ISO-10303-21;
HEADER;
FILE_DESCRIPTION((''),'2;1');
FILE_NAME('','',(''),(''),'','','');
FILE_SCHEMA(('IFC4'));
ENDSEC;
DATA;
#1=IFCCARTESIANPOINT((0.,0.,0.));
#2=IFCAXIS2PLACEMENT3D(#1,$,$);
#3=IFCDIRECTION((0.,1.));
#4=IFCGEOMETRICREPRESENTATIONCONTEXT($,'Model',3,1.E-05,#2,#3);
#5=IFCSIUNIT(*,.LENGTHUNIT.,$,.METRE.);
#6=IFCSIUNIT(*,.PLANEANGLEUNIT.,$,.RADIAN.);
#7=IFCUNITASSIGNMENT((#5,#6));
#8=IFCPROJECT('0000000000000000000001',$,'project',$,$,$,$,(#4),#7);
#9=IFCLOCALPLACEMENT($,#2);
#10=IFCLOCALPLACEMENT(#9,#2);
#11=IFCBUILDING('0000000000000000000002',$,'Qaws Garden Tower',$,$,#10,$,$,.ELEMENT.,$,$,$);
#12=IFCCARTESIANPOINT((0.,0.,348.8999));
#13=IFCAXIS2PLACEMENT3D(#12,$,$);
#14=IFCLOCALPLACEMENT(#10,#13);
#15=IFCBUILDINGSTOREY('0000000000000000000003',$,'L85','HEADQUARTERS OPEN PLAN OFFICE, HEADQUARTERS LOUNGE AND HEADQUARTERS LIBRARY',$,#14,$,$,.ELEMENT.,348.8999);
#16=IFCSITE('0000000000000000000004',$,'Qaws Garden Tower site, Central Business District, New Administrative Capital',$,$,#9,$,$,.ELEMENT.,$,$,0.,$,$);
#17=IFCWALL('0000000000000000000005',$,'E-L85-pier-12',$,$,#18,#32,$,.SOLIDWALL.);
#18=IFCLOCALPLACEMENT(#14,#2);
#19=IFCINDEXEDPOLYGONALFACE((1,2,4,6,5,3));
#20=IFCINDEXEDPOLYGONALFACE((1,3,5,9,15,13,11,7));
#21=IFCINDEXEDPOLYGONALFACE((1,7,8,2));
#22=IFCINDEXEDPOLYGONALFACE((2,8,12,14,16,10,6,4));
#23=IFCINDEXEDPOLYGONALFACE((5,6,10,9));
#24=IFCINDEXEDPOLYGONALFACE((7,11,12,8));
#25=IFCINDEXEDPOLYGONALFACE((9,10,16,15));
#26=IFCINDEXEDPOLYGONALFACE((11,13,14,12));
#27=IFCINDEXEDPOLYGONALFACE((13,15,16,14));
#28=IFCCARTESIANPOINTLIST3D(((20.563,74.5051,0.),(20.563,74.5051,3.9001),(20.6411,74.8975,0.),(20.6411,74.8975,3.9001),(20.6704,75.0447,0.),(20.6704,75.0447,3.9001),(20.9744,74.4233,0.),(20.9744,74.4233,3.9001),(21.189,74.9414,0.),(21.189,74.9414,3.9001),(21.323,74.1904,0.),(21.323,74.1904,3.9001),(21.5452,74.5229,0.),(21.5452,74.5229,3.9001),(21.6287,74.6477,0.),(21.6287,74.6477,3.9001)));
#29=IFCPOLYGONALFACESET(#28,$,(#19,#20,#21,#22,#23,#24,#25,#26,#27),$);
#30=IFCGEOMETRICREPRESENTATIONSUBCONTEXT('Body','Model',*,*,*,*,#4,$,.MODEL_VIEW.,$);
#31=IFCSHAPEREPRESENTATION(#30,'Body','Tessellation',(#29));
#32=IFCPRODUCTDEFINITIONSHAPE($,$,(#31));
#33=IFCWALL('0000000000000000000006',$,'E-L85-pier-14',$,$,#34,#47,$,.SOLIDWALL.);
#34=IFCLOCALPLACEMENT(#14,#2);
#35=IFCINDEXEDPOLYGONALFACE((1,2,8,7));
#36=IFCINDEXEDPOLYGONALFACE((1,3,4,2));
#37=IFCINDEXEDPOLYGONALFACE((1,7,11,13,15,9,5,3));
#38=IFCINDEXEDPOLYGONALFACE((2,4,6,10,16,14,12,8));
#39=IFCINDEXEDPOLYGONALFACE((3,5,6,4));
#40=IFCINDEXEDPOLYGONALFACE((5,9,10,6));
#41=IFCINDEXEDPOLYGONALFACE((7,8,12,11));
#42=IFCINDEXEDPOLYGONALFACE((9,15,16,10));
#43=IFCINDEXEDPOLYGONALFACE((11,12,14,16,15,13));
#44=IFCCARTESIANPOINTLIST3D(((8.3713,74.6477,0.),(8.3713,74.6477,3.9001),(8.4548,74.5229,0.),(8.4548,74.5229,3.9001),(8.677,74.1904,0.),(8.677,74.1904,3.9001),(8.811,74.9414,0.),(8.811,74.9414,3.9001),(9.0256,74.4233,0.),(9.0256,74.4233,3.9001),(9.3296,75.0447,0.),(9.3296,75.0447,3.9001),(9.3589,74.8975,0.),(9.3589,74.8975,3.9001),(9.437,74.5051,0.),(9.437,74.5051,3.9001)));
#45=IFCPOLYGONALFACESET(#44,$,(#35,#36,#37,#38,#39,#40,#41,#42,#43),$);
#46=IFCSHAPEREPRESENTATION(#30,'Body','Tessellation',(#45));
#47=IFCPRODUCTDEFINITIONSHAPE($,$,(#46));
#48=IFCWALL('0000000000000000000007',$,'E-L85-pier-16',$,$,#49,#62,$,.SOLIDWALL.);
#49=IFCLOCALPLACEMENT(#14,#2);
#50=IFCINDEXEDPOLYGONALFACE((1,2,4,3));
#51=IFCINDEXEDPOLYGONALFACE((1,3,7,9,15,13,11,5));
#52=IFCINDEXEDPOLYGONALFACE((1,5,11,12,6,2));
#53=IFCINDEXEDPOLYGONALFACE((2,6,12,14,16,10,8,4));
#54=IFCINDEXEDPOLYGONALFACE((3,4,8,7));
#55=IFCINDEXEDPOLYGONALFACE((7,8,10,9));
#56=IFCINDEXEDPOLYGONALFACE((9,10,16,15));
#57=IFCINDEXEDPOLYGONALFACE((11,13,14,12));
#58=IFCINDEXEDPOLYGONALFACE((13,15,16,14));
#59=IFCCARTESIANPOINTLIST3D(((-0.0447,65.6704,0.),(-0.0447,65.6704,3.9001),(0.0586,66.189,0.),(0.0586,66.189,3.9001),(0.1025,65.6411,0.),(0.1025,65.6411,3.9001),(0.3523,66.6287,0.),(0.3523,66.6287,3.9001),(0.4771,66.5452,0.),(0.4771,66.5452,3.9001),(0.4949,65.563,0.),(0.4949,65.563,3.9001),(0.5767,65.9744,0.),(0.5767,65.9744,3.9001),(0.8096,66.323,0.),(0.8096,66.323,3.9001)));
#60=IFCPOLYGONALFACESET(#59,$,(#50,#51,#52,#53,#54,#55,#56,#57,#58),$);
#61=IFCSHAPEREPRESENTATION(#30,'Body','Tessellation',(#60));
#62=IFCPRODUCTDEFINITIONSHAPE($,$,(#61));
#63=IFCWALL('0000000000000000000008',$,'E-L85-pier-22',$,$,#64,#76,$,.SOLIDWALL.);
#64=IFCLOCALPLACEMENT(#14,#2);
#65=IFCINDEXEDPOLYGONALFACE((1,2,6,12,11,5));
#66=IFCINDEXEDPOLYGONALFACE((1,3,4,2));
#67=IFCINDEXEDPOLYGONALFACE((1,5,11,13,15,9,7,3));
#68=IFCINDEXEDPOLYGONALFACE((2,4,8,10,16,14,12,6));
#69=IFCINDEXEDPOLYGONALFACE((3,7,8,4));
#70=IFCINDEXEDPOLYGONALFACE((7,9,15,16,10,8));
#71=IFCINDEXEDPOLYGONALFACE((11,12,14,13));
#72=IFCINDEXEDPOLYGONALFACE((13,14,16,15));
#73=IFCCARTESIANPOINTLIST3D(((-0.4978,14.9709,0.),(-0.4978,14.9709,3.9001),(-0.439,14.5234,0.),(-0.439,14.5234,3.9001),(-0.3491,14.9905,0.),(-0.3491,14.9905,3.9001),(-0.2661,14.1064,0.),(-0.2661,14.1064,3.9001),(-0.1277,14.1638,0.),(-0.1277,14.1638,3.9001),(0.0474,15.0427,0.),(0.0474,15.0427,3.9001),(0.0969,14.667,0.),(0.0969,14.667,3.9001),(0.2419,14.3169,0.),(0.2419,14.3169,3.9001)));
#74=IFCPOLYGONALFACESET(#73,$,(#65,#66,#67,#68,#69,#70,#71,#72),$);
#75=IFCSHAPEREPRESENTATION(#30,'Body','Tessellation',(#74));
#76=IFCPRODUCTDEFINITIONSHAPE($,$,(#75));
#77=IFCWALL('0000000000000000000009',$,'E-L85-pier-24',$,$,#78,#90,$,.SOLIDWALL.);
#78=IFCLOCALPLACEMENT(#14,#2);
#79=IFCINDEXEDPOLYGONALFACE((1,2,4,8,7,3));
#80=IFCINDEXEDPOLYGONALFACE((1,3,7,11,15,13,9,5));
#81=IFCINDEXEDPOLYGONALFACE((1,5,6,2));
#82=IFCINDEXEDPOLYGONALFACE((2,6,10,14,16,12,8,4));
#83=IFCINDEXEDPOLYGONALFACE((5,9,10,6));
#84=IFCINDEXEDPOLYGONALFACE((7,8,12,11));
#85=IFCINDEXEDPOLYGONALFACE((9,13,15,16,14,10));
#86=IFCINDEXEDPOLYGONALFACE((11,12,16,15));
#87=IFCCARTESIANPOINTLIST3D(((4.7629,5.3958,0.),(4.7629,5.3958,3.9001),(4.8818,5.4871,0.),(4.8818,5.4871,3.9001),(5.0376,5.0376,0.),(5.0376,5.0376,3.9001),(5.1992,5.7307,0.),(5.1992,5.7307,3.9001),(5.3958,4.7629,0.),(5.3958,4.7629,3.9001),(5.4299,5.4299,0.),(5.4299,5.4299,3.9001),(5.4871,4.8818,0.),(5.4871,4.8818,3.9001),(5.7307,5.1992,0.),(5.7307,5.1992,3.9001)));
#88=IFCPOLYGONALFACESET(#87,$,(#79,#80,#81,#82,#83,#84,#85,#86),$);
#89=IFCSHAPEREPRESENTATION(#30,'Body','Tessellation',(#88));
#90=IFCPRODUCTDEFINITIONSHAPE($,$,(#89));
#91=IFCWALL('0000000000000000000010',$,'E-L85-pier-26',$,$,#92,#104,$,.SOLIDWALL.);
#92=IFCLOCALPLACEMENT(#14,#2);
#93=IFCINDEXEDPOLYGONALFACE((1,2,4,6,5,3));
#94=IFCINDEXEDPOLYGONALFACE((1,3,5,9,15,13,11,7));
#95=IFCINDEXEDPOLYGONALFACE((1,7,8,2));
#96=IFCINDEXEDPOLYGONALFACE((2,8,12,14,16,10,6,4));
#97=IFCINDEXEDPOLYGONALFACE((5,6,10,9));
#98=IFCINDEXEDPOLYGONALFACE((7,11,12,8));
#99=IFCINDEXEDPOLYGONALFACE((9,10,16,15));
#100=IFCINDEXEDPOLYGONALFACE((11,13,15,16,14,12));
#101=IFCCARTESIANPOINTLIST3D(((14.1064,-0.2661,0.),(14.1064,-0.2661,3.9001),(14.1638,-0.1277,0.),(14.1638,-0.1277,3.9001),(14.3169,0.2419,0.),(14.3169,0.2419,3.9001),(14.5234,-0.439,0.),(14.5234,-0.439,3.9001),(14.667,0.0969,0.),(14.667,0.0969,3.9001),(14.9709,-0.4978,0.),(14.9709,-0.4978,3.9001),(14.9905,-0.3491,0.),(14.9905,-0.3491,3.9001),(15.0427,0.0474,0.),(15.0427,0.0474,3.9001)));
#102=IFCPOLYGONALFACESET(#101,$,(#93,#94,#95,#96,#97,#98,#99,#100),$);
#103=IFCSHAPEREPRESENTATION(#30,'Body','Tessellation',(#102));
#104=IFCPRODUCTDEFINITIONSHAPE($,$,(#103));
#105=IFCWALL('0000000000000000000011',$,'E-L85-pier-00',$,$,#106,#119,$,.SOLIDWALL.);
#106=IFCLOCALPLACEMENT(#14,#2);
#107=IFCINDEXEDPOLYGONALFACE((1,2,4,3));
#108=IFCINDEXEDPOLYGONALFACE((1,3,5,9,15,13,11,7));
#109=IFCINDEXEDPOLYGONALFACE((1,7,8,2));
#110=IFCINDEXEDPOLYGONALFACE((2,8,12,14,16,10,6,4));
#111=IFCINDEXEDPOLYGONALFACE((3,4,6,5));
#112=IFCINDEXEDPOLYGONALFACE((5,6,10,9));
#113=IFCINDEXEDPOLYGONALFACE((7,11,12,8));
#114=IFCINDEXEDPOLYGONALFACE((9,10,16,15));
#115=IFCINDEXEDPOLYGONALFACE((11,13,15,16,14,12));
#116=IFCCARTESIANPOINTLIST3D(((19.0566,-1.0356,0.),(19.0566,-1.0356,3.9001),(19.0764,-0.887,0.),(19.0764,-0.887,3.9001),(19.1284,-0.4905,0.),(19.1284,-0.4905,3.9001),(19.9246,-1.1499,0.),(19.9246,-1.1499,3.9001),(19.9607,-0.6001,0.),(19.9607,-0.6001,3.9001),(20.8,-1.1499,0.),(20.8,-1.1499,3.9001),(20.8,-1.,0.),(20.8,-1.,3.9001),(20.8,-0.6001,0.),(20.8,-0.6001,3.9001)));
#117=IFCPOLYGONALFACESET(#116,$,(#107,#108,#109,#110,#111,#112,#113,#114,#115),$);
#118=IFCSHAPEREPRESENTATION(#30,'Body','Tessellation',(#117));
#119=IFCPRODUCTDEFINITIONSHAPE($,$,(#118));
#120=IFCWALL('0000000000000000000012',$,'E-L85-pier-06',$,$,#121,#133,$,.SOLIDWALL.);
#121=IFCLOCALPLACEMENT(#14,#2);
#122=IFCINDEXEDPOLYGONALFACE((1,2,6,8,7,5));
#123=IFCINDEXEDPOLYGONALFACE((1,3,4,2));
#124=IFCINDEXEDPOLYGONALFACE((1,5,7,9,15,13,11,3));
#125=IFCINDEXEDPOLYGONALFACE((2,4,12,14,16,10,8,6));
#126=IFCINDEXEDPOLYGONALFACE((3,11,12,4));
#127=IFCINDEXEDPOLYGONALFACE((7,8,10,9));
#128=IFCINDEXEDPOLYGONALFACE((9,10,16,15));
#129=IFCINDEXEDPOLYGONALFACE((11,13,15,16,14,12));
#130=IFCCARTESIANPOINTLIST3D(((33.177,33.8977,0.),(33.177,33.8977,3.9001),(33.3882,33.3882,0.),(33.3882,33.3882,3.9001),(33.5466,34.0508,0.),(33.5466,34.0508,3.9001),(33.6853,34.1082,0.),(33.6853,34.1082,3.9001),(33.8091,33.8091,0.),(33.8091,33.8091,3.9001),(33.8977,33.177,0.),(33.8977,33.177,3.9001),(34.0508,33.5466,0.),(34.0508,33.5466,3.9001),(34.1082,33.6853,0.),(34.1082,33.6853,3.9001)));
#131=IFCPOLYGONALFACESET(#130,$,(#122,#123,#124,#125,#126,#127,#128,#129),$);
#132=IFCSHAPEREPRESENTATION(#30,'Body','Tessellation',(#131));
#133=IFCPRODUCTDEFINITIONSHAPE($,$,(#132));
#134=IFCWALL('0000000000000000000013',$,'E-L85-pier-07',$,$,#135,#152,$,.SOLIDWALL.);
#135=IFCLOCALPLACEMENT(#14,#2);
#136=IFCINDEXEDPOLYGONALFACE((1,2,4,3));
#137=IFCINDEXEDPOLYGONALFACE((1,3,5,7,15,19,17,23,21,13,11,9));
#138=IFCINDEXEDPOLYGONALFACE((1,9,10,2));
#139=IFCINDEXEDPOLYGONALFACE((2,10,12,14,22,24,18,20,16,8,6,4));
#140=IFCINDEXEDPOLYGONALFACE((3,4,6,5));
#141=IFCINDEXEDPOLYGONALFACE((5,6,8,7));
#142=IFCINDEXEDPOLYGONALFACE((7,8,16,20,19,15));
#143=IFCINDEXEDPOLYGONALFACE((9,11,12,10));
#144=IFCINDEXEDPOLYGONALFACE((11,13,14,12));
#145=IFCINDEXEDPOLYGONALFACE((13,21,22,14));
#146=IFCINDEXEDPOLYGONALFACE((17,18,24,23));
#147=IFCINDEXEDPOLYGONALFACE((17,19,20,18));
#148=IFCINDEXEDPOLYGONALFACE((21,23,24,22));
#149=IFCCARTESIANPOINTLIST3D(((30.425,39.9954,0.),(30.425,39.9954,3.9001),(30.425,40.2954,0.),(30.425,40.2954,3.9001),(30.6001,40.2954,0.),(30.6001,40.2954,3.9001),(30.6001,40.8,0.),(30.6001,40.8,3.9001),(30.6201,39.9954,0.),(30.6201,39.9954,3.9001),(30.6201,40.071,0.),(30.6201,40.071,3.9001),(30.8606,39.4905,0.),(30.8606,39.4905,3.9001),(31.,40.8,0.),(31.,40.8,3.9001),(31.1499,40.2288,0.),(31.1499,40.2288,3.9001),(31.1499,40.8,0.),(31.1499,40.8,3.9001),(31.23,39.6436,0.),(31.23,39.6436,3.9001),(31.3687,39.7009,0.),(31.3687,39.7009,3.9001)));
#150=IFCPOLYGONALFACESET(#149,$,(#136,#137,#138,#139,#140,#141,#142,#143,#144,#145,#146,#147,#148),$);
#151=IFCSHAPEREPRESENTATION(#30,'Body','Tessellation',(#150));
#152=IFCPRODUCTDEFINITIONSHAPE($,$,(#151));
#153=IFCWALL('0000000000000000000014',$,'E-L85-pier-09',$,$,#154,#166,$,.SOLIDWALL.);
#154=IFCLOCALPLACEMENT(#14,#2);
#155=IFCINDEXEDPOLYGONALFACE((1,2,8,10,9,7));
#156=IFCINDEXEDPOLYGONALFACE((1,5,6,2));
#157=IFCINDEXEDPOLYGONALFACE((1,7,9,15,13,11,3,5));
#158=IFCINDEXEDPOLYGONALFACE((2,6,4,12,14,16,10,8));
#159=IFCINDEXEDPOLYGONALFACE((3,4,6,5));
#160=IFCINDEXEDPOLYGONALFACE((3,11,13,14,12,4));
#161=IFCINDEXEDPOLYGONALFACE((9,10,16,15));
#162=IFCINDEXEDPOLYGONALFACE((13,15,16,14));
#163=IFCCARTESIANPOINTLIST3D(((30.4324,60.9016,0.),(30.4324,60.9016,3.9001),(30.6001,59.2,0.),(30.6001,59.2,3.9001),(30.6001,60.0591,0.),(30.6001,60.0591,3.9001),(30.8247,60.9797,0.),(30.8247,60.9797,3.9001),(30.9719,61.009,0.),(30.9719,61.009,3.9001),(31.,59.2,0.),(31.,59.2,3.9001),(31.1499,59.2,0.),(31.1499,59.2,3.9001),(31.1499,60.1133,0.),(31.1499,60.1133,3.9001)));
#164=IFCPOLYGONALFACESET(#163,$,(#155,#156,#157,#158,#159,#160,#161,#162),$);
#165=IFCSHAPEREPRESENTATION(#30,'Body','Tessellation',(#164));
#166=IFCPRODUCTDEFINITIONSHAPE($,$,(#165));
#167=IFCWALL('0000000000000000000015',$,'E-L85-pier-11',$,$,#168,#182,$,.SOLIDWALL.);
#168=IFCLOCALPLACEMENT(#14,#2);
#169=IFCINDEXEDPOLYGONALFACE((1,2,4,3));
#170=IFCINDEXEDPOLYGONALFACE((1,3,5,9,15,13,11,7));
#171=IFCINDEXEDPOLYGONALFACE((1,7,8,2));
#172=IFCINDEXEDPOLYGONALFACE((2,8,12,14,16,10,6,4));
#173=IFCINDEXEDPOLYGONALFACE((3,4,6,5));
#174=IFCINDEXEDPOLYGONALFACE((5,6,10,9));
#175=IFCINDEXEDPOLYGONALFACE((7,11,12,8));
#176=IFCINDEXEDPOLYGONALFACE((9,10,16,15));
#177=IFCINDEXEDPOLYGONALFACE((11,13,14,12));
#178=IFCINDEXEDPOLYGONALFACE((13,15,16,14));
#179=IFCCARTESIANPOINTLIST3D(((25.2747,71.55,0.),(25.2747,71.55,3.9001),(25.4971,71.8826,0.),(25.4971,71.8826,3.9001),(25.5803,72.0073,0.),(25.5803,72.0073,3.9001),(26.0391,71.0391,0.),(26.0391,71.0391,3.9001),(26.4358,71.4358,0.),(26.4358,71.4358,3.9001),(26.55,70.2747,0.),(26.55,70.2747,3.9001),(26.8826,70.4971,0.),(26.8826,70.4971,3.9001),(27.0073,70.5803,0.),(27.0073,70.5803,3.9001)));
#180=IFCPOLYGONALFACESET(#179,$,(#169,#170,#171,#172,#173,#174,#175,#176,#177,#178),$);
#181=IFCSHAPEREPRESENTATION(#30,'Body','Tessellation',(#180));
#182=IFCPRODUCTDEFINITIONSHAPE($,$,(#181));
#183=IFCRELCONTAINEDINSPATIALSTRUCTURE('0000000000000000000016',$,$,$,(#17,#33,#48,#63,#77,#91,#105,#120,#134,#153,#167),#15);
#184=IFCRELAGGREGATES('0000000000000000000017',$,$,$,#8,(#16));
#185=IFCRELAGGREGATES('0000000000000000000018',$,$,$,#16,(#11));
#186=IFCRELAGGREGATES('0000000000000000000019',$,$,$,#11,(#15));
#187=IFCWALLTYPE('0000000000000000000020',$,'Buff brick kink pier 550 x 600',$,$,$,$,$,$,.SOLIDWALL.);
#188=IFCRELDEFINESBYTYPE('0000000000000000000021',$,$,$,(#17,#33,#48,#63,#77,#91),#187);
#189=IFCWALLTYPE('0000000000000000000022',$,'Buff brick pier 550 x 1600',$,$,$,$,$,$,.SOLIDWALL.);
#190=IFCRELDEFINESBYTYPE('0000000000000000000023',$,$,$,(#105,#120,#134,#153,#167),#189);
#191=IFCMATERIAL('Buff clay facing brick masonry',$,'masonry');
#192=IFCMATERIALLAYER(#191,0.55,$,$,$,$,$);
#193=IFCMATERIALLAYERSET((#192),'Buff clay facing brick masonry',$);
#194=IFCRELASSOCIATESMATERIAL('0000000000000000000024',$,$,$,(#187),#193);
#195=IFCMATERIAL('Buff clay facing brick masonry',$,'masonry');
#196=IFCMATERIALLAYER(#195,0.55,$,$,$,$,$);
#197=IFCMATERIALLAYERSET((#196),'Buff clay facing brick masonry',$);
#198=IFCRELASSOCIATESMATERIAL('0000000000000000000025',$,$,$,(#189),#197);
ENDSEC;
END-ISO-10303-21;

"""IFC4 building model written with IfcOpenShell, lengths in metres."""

from ifc_helpers import new_model, si_unit, direction, frame, origin, place, context, subcontext, project, spatial, polyline, outline, extrude, material, layer, layer_set, type_object, element, save


model = new_model("IFC4")

# Units and contexts
model_context = context("Model", 3, precision=1e-05, world=origin(), true_north=direction((0.0, 1.0)))
body_context = subcontext(model_context, "Body", "Model", "MODEL_VIEW")
ifc_project = project(units=[si_unit("LENGTHUNIT", "METRE"), si_unit("PLANEANGLEUNIT", "RADIAN")], contexts=[model_context])

# Site, building, storey
site_placement = place(None, origin())
site = spatial("IfcSite", under=ifc_project, at=site_placement, Name="Qaws Garden Tower site, Central Business District, New Administrative Capital", CompositionType="ELEMENT", RefElevation=0.0)
building_placement = place(site_placement, origin())
building = spatial("IfcBuilding", under=site, at=building_placement, Name="Qaws Garden Tower", CompositionType="ELEMENT")
storey_placement = place(building_placement, frame((0.0, 0.0, 348.8999)))
storey = spatial("IfcBuildingStorey", under=building, at=storey_placement, Name="L85", Description="HEADQUARTERS OPEN PLAN OFFICE, HEADQUARTERS LOUNGE AND HEADQUARTERS LIBRARY", CompositionType="ELEMENT", Elevation=348.8999)

# Walls
placement = place(storey_placement, origin())
ifc_material_1 = material(Name="Buff clay facing brick masonry", Category="masonry")
ifc_layer_1 = layer(ifc_material_1, 0.55)
ifc_layer_set_1 = layer_set([ifc_layer_1], Name="Buff clay facing brick masonry")
wall_type_1 = type_object("IfcWallType", Name="Buff brick kink pier 550 x 600", PredefinedType="SOLIDWALL", material=ifc_layer_set_1)
element("IfcWall", 1, at=placement, inside=storey, type_object=wall_type_1, Name="E-L85-pier-12", PredefinedType="SOLIDWALL", context=body_context, shape_type="SweptSolid", body=[
    extrude(outline(polyline([(21.5452, 74.5229), (21.6287, 74.6477), (21.189, 74.9414), (20.6704, 75.0447), (20.6411, 74.8975), (20.563, 74.5051), (20.9744, 74.4233), (21.323, 74.1904), (21.5452, 74.5229)])), origin(), (0.0, 0.0, 1.0), 3.9001),
])
element("IfcWall", 2, at=placement, inside=storey, type_object=wall_type_1, Name="E-L85-pier-14", PredefinedType="SOLIDWALL", context=body_context, shape_type="SweptSolid", body=[
    extrude(outline(polyline([(9.3589, 74.8975), (9.3296, 75.0447), (8.811, 74.9414), (8.3713, 74.6477), (8.4548, 74.5229), (8.677, 74.1904), (9.0256, 74.4233), (9.437, 74.5051), (9.3589, 74.8975)])), origin(), (0.0, 0.0, 1.0), 3.9001),
])
element("IfcWall", 3, at=placement, inside=storey, type_object=wall_type_1, Name="E-L85-pier-16", PredefinedType="SOLIDWALL", context=body_context, shape_type="SweptSolid", body=[
    extrude(outline(polyline([(0.4771, 66.5452), (0.3523, 66.6287), (0.0586, 66.189), (-0.0447, 65.6704), (0.1025, 65.6411), (0.4949, 65.563), (0.5767, 65.9744), (0.8096, 66.323), (0.4771, 66.5452)])), origin(), (0.0, 0.0, 1.0), 3.9001),
])
element("IfcWall", 4, at=placement, inside=storey, type_object=wall_type_1, Name="E-L85-pier-22", PredefinedType="SOLIDWALL", context=body_context, shape_type="SweptSolid", body=[
    extrude(outline(polyline([(-0.3491, 14.9905), (-0.4978, 14.9709), (-0.439, 14.5234), (-0.2661, 14.1064), (-0.1277, 14.1638), (0.2419, 14.3169), (0.0969, 14.667), (0.0474, 15.0427), (-0.3491, 14.9905)])), origin(), (0.0, 0.0, 1.0), 3.9001),
])
element("IfcWall", 5, at=placement, inside=storey, type_object=wall_type_1, Name="E-L85-pier-24", PredefinedType="SOLIDWALL", context=body_context, shape_type="SweptSolid", body=[
    extrude(outline(polyline([(4.8818, 5.4871), (4.7629, 5.3958), (5.0376, 5.0376), (5.3958, 4.7629), (5.4871, 4.8818), (5.7307, 5.1992), (5.4299, 5.4299), (5.1992, 5.7307), (4.8818, 5.4871)])), origin(), (0.0, 0.0, 1.0), 3.9001),
])
element("IfcWall", 6, at=placement, inside=storey, type_object=wall_type_1, Name="E-L85-pier-26", PredefinedType="SOLIDWALL", context=body_context, shape_type="SweptSolid", body=[
    extrude(outline(polyline([(14.1638, -0.1277), (14.1064, -0.2661), (14.5234, -0.439), (14.9709, -0.4978), (14.9905, -0.3491), (15.0427, 0.0474), (14.667, 0.0969), (14.3169, 0.2419), (14.1638, -0.1277)])), origin(), (0.0, 0.0, 1.0), 3.9001),
])
ifc_material_2 = material(Name="Buff clay facing brick masonry", Category="masonry")
ifc_layer_2 = layer(ifc_material_2, 0.55)
ifc_layer_set_2 = layer_set([ifc_layer_2], Name="Buff clay facing brick masonry")
wall_type_2 = type_object("IfcWallType", Name="Buff brick pier 550 x 1600", PredefinedType="SOLIDWALL", material=ifc_layer_set_2)
element("IfcWall", 7, at=placement, inside=storey, type_object=wall_type_2, Name="E-L85-pier-00", PredefinedType="SOLIDWALL", context=body_context, shape_type="SweptSolid", body=[
    extrude(outline(polyline([(19.0764, -0.887), (19.0566, -1.0356), (19.9246, -1.1499), (20.8, -1.1499), (20.8, -1.0), (20.8, -0.6001), (19.9607, -0.6001), (19.1284, -0.4905), (19.0764, -0.887)])), origin(), (0.0, 0.0, 1.0), 3.9001),
])
element("IfcWall", 8, at=placement, inside=storey, type_object=wall_type_2, Name="E-L85-pier-06", PredefinedType="SOLIDWALL", context=body_context, shape_type="SweptSolid", body=[
    extrude(outline(polyline([(34.0508, 33.5466), (34.1082, 33.6853), (33.8091, 33.8091), (33.6853, 34.1082), (33.5466, 34.0508), (33.177, 33.8977), (33.3882, 33.3882), (33.8977, 33.177), (34.0508, 33.5466)])), origin(), (0.0, 0.0, 1.0), 3.9001),
])
element("IfcWall", 9, at=placement, inside=storey, type_object=wall_type_2, Name="E-L85-pier-07", PredefinedType="SOLIDWALL", context=body_context, shape_type="SweptSolid", body=[
    extrude(outline(polyline([(30.6201, 39.9954), (30.6201, 40.071), (30.8606, 39.4905), (31.23, 39.6436), (31.3687, 39.7009), (31.1499, 40.2288), (31.1499, 40.8), (31.0, 40.8), (30.6001, 40.8), (30.6001, 40.2954), (30.425, 40.2954), (30.425, 39.9954), (30.6201, 39.9954)])), origin(), (0.0, 0.0, 1.0), 3.9001),
])
element("IfcWall", 10, at=placement, inside=storey, type_object=wall_type_2, Name="E-L85-pier-09", PredefinedType="SOLIDWALL", context=body_context, shape_type="SweptSolid", body=[
    extrude(outline(polyline([(31.0, 59.2), (31.1499, 59.2), (31.1499, 60.1133), (30.9719, 61.009), (30.8247, 60.9797), (30.4324, 60.9016), (30.6001, 60.0591), (30.6001, 59.2), (31.0, 59.2)])), origin(), (0.0, 0.0, 1.0), 3.9001),
])
element("IfcWall", 11, at=placement, inside=storey, type_object=wall_type_2, Name="E-L85-pier-11", PredefinedType="SOLIDWALL", context=body_context, shape_type="SweptSolid", body=[
    extrude(outline(polyline([(26.8826, 70.4971), (27.0073, 70.5803), (26.4358, 71.4358), (25.5803, 72.0073), (25.4971, 71.8826), (25.2747, 71.55), (26.0391, 71.0391), (26.55, 70.2747), (26.8826, 70.4971)])), origin(), (0.0, 0.0, 1.0), 3.9001),
])

save(model, "model.ifc")
